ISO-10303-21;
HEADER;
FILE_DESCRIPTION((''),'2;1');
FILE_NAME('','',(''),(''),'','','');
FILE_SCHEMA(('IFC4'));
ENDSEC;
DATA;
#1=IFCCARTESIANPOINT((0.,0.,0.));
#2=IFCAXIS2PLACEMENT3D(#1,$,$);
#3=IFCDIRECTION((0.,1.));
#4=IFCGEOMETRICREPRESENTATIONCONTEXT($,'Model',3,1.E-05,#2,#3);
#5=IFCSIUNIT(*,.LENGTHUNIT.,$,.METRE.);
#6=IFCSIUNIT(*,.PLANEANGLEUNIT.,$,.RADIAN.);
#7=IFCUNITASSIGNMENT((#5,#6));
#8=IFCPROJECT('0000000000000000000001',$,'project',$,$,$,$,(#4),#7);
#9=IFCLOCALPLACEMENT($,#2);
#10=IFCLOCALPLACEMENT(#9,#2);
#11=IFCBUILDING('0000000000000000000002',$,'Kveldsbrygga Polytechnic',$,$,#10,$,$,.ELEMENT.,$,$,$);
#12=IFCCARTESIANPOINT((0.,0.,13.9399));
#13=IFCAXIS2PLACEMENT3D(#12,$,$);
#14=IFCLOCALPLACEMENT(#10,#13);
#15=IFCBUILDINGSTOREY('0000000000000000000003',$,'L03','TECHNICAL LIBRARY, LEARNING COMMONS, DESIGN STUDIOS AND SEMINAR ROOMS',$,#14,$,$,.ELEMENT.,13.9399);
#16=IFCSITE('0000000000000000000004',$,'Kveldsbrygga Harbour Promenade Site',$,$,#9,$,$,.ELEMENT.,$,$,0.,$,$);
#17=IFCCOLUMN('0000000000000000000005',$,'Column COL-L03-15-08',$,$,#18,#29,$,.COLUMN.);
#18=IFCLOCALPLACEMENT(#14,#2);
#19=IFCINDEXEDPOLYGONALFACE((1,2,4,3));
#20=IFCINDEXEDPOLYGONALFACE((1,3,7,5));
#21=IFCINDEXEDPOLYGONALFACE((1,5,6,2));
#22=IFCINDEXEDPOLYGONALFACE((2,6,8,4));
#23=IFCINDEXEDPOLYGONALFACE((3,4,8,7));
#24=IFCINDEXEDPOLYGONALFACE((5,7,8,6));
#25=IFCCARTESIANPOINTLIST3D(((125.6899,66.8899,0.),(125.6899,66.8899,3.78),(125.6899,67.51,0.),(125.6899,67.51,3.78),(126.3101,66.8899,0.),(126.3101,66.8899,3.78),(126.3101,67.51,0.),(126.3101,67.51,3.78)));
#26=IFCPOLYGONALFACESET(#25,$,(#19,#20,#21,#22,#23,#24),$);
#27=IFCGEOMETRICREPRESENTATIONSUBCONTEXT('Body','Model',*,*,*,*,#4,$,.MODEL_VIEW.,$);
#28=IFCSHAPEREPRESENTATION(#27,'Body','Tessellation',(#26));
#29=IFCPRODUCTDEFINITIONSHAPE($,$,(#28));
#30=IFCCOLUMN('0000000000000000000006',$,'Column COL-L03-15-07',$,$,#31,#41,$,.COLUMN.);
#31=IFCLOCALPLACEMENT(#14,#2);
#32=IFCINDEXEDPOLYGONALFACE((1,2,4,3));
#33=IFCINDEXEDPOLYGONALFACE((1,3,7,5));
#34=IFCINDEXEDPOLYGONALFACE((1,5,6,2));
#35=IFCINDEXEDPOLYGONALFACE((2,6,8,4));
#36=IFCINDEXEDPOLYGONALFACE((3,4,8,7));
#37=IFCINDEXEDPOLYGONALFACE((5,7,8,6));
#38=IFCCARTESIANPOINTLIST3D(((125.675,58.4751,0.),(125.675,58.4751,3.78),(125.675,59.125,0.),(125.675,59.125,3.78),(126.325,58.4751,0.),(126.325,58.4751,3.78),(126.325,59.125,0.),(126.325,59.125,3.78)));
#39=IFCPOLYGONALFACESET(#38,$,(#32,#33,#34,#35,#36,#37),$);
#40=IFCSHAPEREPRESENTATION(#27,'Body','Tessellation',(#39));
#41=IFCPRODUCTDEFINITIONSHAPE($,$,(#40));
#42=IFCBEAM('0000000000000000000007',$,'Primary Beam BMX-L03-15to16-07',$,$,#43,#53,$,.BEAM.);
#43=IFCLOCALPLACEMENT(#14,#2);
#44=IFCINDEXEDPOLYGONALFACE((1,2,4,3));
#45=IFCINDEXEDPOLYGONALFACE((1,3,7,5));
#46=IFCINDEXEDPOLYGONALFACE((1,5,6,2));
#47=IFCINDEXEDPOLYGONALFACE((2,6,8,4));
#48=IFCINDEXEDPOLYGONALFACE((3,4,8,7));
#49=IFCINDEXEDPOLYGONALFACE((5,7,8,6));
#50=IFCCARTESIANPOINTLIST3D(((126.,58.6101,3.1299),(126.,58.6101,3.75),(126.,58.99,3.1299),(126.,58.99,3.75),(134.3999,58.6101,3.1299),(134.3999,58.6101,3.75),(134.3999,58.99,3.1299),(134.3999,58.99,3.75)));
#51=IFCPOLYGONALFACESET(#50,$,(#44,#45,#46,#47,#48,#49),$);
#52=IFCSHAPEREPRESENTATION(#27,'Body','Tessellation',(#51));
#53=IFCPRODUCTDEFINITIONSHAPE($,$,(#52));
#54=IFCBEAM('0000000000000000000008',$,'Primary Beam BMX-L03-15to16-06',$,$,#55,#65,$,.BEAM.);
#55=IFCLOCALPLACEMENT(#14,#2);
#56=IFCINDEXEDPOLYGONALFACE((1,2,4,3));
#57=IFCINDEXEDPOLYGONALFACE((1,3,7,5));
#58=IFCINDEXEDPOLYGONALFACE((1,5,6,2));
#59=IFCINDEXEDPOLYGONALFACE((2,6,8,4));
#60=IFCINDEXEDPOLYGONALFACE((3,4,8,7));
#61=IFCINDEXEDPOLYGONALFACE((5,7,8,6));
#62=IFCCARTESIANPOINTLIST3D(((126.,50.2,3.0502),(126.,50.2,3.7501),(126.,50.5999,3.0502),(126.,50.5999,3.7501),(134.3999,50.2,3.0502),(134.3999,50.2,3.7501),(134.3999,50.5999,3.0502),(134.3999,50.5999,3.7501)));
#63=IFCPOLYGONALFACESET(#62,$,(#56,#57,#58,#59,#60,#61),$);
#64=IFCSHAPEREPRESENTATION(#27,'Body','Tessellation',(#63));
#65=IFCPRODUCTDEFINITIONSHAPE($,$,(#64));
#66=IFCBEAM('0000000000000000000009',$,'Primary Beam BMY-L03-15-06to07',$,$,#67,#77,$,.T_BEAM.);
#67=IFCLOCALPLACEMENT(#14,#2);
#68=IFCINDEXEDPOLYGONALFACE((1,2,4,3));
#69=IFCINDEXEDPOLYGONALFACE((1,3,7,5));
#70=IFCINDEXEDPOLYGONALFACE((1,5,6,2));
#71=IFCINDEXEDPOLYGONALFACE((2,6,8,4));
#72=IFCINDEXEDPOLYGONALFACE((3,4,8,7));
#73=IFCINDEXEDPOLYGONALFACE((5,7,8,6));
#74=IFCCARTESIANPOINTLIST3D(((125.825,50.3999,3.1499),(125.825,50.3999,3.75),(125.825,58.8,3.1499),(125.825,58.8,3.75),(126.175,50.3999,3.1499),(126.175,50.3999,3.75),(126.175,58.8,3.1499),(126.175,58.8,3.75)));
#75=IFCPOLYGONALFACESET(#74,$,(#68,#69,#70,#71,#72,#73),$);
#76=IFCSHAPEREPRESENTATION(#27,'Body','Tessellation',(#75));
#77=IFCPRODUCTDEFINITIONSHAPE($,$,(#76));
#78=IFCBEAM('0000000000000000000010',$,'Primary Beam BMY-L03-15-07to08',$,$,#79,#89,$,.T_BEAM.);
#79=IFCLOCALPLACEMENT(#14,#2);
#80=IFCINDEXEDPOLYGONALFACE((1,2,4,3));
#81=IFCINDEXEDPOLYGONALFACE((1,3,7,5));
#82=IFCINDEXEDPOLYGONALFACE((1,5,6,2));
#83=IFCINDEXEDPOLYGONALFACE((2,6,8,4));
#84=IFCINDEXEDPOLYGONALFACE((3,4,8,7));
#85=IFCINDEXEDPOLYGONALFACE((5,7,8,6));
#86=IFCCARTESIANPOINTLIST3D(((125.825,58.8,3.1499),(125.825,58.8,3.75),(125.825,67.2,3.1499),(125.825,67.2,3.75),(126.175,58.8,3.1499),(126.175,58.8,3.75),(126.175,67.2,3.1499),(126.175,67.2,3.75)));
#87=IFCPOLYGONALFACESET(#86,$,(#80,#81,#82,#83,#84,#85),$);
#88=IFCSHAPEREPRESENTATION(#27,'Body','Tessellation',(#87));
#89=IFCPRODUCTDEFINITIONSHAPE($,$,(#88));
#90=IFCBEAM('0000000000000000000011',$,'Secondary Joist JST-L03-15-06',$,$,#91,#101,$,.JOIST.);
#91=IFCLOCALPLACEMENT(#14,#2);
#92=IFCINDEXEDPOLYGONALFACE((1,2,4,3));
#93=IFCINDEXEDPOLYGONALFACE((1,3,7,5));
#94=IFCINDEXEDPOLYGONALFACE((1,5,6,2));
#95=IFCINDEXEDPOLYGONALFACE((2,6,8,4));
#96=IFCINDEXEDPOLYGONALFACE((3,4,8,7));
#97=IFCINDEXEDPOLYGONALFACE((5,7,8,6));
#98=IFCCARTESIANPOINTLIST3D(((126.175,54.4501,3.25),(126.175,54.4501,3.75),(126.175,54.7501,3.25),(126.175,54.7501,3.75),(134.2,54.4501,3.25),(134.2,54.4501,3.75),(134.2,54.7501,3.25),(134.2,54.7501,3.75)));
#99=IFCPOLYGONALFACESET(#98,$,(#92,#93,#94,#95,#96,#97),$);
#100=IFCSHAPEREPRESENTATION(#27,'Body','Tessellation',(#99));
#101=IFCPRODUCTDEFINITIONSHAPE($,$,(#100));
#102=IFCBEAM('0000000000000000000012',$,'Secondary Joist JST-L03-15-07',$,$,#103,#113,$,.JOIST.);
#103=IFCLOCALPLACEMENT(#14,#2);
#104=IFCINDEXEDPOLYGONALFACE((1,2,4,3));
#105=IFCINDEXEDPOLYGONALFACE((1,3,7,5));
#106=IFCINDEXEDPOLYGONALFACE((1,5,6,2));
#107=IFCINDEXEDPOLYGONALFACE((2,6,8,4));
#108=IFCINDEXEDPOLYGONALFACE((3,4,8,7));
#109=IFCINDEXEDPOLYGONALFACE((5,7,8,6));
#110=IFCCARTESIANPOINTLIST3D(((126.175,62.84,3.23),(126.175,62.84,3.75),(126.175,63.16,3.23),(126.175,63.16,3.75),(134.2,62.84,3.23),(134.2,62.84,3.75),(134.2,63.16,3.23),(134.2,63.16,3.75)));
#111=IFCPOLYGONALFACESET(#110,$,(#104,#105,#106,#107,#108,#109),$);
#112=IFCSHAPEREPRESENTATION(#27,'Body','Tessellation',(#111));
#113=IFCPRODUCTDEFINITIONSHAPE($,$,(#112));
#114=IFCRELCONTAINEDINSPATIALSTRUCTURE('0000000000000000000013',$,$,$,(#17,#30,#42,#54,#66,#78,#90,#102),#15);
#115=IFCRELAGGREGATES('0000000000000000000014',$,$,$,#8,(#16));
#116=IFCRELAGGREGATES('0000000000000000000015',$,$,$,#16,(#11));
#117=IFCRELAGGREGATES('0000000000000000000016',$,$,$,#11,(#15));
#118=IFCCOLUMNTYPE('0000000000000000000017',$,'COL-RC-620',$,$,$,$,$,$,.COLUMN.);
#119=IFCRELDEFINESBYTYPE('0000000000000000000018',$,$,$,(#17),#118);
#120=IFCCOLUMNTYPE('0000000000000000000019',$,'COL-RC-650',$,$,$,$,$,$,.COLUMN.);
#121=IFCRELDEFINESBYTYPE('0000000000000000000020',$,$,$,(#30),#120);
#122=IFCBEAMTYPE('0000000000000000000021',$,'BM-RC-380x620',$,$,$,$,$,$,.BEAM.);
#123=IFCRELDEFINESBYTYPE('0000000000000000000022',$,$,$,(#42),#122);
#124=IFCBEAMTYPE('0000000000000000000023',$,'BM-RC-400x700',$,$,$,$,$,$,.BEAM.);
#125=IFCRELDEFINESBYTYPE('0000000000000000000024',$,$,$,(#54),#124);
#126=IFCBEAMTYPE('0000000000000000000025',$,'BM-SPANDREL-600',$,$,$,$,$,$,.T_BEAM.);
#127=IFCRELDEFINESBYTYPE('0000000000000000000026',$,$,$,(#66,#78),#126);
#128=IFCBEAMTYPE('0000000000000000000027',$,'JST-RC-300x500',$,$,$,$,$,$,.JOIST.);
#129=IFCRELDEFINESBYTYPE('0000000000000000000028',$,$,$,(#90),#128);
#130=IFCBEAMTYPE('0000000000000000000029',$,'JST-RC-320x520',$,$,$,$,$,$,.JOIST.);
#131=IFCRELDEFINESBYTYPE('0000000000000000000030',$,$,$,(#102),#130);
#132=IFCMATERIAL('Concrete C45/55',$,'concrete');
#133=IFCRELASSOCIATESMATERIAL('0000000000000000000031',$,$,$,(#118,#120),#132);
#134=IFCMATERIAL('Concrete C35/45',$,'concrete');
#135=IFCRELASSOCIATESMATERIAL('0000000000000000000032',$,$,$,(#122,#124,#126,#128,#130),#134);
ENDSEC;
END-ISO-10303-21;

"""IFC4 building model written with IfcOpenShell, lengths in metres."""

from ifc_helpers import new_model, si_unit, direction, frame, origin, origin_2d, place, context, subcontext, project, spatial, rectangle, extrude, material, material_profile, profile_set, type_object, element, save


model = new_model("IFC4")

# Units and contexts
model_context = context("Model", 3, precision=1e-05, world=origin(), true_north=direction((0.0, 1.0)))
body_context = subcontext(model_context, "Body", "Model", "MODEL_VIEW")
ifc_project = project(units=[si_unit("LENGTHUNIT", "METRE"), si_unit("PLANEANGLEUNIT", "RADIAN")], contexts=[model_context])

# Site, building, storey
site_placement = place(None, origin())
site = spatial("IfcSite", under=ifc_project, at=site_placement, Name="Kveldsbrygga Harbour Promenade Site", CompositionType="ELEMENT", RefElevation=0.0)
building_placement = place(site_placement, origin())
building = spatial("IfcBuilding", under=site, at=building_placement, Name="Kveldsbrygga Polytechnic", CompositionType="ELEMENT")
storey_placement = place(building_placement, frame((0.0, 0.0, 13.9399)))
storey = spatial("IfcBuildingStorey", under=building, at=storey_placement, Name="L03", Description="TECHNICAL LIBRARY, LEARNING COMMONS, DESIGN STUDIOS AND SEMINAR ROOMS", CompositionType="ELEMENT", Elevation=13.9399)

# Columns
ifc_material_1 = material(Name="Concrete C45/55", Category="concrete")
ifc_material_profile_1 = material_profile(ifc_material_1, rectangle(XDim=0.6201, YDim=0.6201, at=origin_2d()), Name="RC 620x620")
ifc_profile_set_1 = profile_set([ifc_material_profile_1], Name="Concrete C45/55")
column_type_1 = type_object("IfcColumnType", Name="COL-RC-620", PredefinedType="COLUMN", material=ifc_profile_set_1)
column_1_placement = place(storey_placement, frame((126.0, 67.2, 0.0), z_axis=(0.0, 0.0, 1.0), x_axis=(1.0, 0.0, 0.0)))
element("IfcColumn", 1, at=column_1_placement, inside=storey, type_object=column_type_1, Name="Column COL-L03-15-08", PredefinedType="COLUMN", context=body_context, shape_type="SweptSolid", body=[
    extrude(rectangle(XDim=0.6201, YDim=0.6201, at=origin_2d()), origin(), (0.0, 0.0, 1.0), 3.78),
])
ifc_material_profile_2 = material_profile(ifc_material_1, rectangle(XDim=0.6499, YDim=0.6499, at=origin_2d()), Name="RC 650x650")
ifc_profile_set_2 = profile_set([ifc_material_profile_2], Name="Concrete C45/55")
column_type_2 = type_object("IfcColumnType", Name="COL-RC-650", PredefinedType="COLUMN", material=ifc_profile_set_2)
column_2_placement = place(storey_placement, frame((126.0, 58.8, 0.0), z_axis=(0.0, 0.0, 1.0), x_axis=(1.0, 0.0, 0.0)))
element("IfcColumn", 2, at=column_2_placement, inside=storey, type_object=column_type_2, Name="Column COL-L03-15-07", PredefinedType="COLUMN", context=body_context, shape_type="SweptSolid", body=[
    extrude(rectangle(XDim=0.6499, YDim=0.6499, at=origin_2d()), origin(), (0.0, 0.0, 1.0), 3.78),
])

# Beams
ifc_material_2 = material(Name="Concrete C35/45", Category="concrete")
ifc_material_profile_3 = material_profile(ifc_material_2, rectangle(XDim=0.3799, YDim=0.6201, at=origin_2d()), Name="RC 380x620")
ifc_profile_set_3 = profile_set([ifc_material_profile_3], Name="Concrete C35/45")
beam_type_1 = type_object("IfcBeamType", Name="BM-RC-380x620", PredefinedType="BEAM", material=ifc_profile_set_3)
beam_1_placement = place(storey_placement, frame((126.0, 58.8, 3.4399), z_axis=(1.0, 0.0, 0.0), x_axis=(0.0, 1.0, 0.0)))
element("IfcBeam", 3, at=beam_1_placement, inside=storey, type_object=beam_type_1, Name="Primary Beam BMX-L03-15to16-07", PredefinedType="BEAM", context=body_context, shape_type="SweptSolid", body=[
    extrude(rectangle(XDim=0.3799, YDim=0.6201, at=origin_2d()), origin(), (0.0, 0.0, 1.0), 8.3999),
])
ifc_material_profile_4 = material_profile(ifc_material_2, rectangle(XDim=0.3999, YDim=0.7, at=origin_2d()), Name="RC 400x700")
ifc_profile_set_4 = profile_set([ifc_material_profile_4], Name="Concrete C35/45")
beam_type_2 = type_object("IfcBeamType", Name="BM-RC-400x700", PredefinedType="BEAM", material=ifc_profile_set_4)
beam_2_placement = place(storey_placement, frame((126.0, 50.3999, 3.4001), z_axis=(1.0, 0.0, 0.0), x_axis=(0.0, 1.0, 0.0)))
element("IfcBeam", 4, at=beam_2_placement, inside=storey, type_object=beam_type_2, Name="Primary Beam BMX-L03-15to16-06", PredefinedType="BEAM", context=body_context, shape_type="SweptSolid", body=[
    extrude(rectangle(XDim=0.3999, YDim=0.7, at=origin_2d()), origin(), (0.0, 0.0, 1.0), 8.3999),
])
ifc_material_profile_5 = material_profile(ifc_material_2, rectangle(XDim=0.3501, YDim=0.6001, at=origin_2d()), Name="RC 350x600")
ifc_profile_set_5 = profile_set([ifc_material_profile_5], Name="Concrete C35/45")
beam_type_3 = type_object("IfcBeamType", Name="BM-SPANDREL-600", PredefinedType="T_BEAM", material=ifc_profile_set_5)
beam_3_placement = place(storey_placement, frame((126.0, 50.3999, 3.45), z_axis=(0.0, 1.0, 0.0), x_axis=(-1.0, 0.0, 0.0)))
element("IfcBeam", 5, at=beam_3_placement, inside=storey, type_object=beam_type_3, Name="Primary Beam BMY-L03-15-06to07", PredefinedType="T_BEAM", context=body_context, shape_type="SweptSolid", body=[
    extrude(rectangle(XDim=0.3501, YDim=0.6001, at=origin_2d()), origin(), (0.0, 0.0, 1.0), 8.4001),
])
beam_4_placement = place(storey_placement, frame((126.0, 58.8, 3.45), z_axis=(0.0, 1.0, 0.0), x_axis=(-1.0, 0.0, 0.0)))
element("IfcBeam", 6, at=beam_4_placement, inside=storey, type_object=beam_type_3, Name="Primary Beam BMY-L03-15-07to08", PredefinedType="T_BEAM", context=body_context, shape_type="SweptSolid", body=[
    extrude(rectangle(XDim=0.3501, YDim=0.6001, at=origin_2d()), origin(), (0.0, 0.0, 1.0), 8.3999),
])
ifc_material_profile_6 = material_profile(ifc_material_2, rectangle(XDim=0.3, YDim=0.5, at=origin_2d()), Name="RC 300x500")
ifc_profile_set_6 = profile_set([ifc_material_profile_6], Name="Concrete C35/45")
beam_type_4 = type_object("IfcBeamType", Name="JST-RC-300x500", PredefinedType="JOIST", material=ifc_profile_set_6)
beam_5_placement = place(storey_placement, frame((126.175, 54.6001, 3.5), z_axis=(1.0, 0.0, 0.0), x_axis=(0.0, 1.0, 0.0)))
element("IfcBeam", 7, at=beam_5_placement, inside=storey, type_object=beam_type_4, Name="Secondary Joist JST-L03-15-06", PredefinedType="JOIST", context=body_context, shape_type="SweptSolid", body=[
    extrude(rectangle(XDim=0.3, YDim=0.5, at=origin_2d()), origin(), (0.0, 0.0, 1.0), 8.0249),
])
ifc_material_profile_7 = material_profile(ifc_material_2, rectangle(XDim=0.3201, YDim=0.52, at=origin_2d()), Name="RC 320x520")
ifc_profile_set_7 = profile_set([ifc_material_profile_7], Name="Concrete C35/45")
beam_type_5 = type_object("IfcBeamType", Name="JST-RC-320x520", PredefinedType="JOIST", material=ifc_profile_set_7)
beam_6_placement = place(storey_placement, frame((126.175, 63.0, 3.49), z_axis=(1.0, 0.0, 0.0), x_axis=(0.0, 1.0, 0.0)))
element("IfcBeam", 8, at=beam_6_placement, inside=storey, type_object=beam_type_5, Name="Secondary Joist JST-L03-15-07", PredefinedType="JOIST", context=body_context, shape_type="SweptSolid", body=[
    extrude(rectangle(XDim=0.3201, YDim=0.52, at=origin_2d()), origin(), (0.0, 0.0, 1.0), 8.0249),
])

save(model, "model.ifc")
